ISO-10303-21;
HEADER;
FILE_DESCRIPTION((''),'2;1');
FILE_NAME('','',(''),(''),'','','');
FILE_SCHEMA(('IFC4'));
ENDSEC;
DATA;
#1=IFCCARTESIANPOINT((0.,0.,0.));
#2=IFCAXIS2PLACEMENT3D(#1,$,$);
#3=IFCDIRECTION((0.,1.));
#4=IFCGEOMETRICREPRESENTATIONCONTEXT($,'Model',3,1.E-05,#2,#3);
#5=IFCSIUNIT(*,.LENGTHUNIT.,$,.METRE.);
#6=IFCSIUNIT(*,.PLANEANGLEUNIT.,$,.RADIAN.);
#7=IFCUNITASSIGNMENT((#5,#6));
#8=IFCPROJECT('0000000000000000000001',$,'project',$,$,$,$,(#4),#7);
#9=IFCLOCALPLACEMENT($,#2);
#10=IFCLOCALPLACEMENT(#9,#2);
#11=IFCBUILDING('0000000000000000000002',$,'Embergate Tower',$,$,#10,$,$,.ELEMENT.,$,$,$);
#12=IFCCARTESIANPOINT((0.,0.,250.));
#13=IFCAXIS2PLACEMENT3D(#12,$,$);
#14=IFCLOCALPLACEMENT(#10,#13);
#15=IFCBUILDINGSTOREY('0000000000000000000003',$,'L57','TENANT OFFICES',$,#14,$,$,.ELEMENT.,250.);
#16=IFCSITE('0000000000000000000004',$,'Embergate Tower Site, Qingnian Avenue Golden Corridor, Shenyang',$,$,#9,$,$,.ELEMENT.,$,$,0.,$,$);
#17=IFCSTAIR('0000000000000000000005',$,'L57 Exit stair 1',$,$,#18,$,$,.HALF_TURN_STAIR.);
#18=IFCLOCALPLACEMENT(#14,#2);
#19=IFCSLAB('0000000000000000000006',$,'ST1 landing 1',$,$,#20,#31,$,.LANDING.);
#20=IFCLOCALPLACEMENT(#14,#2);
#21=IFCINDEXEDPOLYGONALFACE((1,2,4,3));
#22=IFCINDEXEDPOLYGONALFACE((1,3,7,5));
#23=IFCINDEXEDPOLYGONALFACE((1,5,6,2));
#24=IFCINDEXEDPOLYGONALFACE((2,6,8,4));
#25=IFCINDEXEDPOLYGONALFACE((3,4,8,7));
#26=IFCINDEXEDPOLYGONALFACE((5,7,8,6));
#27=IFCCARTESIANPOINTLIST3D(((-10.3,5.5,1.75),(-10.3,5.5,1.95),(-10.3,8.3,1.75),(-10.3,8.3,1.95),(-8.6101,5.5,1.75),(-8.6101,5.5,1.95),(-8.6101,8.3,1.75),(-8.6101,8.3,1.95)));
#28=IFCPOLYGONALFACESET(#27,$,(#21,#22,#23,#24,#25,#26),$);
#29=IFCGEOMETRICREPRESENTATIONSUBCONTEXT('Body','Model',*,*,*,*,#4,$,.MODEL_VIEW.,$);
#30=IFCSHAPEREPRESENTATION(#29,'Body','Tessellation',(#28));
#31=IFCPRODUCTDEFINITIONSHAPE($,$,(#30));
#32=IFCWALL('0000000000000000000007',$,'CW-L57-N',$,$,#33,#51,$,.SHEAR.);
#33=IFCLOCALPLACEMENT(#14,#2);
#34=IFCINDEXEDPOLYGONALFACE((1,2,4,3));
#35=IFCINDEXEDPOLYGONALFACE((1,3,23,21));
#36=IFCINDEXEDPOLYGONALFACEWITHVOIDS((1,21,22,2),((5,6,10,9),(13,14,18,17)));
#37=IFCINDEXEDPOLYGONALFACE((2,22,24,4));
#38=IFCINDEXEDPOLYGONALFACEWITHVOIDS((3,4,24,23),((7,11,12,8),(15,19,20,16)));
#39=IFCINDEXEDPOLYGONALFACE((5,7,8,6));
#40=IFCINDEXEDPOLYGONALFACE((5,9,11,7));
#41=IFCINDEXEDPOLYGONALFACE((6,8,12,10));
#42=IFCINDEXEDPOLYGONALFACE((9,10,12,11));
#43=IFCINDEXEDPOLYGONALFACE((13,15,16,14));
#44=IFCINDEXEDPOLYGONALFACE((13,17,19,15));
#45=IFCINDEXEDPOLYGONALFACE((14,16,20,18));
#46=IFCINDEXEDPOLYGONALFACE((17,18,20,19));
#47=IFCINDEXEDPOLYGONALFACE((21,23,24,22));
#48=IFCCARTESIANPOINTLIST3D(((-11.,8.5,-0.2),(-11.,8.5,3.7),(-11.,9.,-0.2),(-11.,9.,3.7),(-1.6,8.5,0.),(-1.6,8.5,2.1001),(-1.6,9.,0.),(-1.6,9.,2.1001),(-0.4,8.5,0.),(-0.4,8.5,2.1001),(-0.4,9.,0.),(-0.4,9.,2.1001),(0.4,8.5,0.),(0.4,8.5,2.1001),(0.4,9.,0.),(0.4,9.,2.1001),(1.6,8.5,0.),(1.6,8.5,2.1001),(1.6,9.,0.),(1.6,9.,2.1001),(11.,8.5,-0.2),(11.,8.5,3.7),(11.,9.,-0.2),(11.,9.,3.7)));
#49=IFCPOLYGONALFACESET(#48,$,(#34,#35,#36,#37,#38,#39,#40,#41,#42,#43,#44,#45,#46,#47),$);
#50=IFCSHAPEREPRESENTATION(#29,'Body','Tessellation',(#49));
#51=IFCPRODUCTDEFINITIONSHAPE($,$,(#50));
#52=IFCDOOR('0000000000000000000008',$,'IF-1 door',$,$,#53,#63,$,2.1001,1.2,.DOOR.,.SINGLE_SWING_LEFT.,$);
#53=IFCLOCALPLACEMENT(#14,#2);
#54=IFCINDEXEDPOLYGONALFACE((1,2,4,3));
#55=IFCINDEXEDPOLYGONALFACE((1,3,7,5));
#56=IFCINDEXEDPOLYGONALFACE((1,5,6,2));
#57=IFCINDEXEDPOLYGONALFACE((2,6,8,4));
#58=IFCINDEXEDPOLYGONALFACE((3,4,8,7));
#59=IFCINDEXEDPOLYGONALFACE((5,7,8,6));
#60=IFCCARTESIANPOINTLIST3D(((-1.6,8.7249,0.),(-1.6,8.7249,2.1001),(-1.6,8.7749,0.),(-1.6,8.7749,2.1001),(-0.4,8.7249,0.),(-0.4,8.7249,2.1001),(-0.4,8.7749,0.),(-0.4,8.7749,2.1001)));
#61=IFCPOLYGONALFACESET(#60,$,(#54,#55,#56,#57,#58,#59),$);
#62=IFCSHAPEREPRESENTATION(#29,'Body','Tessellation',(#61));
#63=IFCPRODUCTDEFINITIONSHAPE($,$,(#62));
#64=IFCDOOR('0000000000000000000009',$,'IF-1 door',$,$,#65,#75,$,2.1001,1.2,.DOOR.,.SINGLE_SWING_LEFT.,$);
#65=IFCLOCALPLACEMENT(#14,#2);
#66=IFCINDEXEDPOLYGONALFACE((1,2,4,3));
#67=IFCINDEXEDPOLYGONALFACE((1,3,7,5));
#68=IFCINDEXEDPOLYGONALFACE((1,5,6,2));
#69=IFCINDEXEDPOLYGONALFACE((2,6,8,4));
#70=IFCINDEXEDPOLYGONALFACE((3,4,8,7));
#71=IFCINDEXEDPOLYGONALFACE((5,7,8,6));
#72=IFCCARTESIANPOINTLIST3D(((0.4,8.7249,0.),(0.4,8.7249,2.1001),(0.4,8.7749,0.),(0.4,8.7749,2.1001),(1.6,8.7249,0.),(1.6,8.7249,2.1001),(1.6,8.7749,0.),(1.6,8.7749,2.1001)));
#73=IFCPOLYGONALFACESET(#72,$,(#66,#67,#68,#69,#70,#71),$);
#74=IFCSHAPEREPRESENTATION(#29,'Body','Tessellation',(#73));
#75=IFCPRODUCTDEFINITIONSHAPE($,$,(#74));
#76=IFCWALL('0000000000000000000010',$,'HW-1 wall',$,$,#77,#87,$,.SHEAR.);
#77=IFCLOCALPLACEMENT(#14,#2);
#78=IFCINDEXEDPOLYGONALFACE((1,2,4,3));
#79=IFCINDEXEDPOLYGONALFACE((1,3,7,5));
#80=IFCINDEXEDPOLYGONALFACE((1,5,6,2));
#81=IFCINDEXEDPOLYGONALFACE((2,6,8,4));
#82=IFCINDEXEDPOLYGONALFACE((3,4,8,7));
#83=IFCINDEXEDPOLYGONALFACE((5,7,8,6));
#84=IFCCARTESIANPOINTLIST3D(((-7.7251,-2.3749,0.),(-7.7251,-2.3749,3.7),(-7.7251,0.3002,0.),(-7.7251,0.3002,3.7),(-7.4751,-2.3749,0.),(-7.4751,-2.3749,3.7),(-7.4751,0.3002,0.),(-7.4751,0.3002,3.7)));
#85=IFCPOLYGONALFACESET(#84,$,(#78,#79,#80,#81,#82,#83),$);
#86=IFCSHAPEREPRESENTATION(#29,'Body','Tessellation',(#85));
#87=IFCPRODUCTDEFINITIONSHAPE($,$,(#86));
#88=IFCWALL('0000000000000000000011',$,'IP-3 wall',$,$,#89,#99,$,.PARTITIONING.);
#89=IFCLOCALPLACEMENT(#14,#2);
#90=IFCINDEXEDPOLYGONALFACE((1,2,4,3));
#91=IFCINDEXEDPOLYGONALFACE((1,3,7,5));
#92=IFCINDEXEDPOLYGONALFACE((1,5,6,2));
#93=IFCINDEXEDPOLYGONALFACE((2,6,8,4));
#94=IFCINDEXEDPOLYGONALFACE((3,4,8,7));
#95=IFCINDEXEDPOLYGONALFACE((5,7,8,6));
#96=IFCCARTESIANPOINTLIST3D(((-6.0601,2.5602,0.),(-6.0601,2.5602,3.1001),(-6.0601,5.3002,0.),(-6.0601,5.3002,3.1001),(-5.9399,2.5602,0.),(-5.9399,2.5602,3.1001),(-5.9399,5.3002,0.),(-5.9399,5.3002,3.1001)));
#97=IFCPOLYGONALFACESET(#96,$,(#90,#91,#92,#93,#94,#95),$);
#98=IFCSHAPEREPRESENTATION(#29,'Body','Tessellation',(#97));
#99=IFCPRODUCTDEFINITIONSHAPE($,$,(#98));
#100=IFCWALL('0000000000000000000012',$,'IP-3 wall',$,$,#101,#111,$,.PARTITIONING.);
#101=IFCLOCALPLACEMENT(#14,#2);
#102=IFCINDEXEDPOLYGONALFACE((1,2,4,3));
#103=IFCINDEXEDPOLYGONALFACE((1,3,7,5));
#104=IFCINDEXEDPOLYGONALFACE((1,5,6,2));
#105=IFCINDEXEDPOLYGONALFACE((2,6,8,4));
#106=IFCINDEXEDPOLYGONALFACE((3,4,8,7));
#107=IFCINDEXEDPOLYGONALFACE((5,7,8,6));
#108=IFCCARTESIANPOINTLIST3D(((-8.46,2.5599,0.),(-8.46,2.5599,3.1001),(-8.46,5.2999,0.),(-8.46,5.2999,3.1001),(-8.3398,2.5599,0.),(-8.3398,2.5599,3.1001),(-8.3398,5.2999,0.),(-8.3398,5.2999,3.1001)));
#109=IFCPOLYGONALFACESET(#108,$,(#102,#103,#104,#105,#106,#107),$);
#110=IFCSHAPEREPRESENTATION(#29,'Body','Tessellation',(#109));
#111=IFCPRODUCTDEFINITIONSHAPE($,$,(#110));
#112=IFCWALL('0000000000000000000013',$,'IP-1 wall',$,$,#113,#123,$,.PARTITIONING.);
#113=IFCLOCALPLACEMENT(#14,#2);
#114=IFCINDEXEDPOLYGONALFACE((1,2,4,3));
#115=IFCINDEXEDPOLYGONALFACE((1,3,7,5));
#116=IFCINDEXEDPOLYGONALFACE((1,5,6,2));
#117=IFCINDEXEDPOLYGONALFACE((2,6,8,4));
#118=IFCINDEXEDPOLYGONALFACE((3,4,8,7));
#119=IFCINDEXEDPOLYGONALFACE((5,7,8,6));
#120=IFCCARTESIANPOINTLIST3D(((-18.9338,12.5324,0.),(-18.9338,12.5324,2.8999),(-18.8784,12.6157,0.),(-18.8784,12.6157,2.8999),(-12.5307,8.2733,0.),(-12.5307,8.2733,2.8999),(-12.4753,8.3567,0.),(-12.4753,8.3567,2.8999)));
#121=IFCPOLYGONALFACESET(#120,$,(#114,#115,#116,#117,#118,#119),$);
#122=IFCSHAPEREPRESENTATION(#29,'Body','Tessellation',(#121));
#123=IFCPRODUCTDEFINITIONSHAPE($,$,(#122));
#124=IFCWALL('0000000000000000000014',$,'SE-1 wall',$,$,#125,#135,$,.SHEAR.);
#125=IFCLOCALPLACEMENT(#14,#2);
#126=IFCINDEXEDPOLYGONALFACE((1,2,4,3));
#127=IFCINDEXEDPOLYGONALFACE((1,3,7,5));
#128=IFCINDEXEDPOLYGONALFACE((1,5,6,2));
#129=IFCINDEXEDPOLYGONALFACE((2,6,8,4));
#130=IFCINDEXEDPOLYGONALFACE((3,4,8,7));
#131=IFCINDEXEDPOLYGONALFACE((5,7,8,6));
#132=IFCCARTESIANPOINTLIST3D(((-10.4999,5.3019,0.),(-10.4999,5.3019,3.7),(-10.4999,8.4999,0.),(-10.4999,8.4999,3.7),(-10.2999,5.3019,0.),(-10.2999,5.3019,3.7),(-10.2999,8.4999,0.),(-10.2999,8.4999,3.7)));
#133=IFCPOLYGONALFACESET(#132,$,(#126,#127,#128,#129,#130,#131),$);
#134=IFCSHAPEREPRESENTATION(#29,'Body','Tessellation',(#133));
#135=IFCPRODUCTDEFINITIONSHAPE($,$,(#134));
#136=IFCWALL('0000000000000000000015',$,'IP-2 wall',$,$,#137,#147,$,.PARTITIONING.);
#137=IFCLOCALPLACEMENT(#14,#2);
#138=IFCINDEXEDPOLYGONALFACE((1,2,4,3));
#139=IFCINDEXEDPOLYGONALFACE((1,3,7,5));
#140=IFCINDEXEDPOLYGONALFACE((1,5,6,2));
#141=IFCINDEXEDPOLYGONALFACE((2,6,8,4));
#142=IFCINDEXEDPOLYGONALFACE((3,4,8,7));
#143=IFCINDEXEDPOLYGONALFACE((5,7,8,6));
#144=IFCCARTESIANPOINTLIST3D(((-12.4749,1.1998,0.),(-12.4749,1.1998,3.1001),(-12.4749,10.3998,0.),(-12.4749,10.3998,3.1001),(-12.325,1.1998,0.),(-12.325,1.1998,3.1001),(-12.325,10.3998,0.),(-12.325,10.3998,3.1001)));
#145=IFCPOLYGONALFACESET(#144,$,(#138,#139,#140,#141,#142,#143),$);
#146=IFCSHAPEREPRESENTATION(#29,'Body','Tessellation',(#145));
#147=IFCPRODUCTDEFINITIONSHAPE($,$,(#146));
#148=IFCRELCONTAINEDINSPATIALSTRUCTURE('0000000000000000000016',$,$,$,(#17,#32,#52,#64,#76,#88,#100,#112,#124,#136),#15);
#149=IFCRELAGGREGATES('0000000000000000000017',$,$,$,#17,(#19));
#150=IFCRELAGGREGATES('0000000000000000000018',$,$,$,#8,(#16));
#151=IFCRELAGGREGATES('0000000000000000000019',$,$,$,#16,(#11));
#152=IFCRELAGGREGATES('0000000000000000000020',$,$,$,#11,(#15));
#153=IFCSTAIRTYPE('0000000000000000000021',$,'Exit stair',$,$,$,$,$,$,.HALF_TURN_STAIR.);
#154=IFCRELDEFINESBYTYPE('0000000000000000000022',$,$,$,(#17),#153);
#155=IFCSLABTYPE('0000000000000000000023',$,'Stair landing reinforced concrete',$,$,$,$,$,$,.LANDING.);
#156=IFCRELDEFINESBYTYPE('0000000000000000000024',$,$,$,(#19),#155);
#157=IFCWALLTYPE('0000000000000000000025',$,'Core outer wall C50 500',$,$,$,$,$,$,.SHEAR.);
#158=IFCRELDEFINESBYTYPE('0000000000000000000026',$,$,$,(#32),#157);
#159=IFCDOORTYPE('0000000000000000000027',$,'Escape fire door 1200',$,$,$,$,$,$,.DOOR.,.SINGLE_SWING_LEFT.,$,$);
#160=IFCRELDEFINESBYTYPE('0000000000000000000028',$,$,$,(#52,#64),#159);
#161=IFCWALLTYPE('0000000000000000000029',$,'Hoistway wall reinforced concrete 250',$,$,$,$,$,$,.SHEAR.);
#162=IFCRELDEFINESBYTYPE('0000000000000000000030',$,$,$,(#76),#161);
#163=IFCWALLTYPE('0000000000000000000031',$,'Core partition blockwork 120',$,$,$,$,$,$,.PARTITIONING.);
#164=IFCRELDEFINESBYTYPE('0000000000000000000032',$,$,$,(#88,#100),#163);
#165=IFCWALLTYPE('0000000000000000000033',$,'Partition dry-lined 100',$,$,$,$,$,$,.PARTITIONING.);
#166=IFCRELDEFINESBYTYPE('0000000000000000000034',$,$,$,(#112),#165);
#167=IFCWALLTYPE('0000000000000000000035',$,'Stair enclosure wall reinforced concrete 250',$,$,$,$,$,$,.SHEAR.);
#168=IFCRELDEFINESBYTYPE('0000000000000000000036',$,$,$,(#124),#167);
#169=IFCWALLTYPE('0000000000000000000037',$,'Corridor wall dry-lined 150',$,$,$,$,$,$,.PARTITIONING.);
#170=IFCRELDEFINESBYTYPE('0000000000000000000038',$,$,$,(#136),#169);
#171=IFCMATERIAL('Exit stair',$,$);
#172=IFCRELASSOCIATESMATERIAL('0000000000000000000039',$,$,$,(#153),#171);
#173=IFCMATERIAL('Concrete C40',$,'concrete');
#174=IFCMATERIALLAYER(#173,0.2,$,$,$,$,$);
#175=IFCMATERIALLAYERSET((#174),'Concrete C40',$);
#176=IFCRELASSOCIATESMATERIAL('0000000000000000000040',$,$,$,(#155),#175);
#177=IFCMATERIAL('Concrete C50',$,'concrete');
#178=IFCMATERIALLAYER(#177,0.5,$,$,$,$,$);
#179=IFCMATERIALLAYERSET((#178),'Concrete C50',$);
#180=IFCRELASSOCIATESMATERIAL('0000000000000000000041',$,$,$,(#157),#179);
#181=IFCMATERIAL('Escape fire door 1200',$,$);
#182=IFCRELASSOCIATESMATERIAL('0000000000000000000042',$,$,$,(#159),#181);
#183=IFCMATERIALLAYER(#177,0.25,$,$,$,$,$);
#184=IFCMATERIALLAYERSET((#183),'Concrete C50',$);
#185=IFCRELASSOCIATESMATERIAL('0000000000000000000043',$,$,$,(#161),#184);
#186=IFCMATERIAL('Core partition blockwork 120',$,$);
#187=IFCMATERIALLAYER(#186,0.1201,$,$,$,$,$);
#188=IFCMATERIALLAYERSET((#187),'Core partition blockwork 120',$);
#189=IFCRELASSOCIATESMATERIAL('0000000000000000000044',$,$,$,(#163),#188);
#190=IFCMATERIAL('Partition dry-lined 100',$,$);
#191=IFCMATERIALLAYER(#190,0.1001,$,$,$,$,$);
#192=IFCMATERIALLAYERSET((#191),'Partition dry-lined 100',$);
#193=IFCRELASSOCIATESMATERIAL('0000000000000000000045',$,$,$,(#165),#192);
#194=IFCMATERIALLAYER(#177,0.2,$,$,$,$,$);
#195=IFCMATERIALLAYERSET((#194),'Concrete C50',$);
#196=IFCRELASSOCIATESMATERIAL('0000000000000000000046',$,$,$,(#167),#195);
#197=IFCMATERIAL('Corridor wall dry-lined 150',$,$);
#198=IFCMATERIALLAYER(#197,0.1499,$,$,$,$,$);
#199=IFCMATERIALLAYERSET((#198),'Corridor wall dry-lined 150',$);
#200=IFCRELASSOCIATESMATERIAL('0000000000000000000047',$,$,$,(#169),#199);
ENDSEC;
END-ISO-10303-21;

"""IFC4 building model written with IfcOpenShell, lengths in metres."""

from ifc_helpers import new_model, si_unit, direction, frame, frame_2d, origin, place, context, subcontext, project, spatial, polyline, rectangle, outline, extrude, source, transform, mapped, material, layer, layer_set, type_object, element, fill, aggregate, save


model = new_model("IFC4")

# Units and contexts
model_context = context("Model", 3, precision=1e-05, world=origin(), true_north=direction((0.0, 1.0)))
body_context = subcontext(model_context, "Body", "Model", "MODEL_VIEW")
ifc_project = project(units=[si_unit("LENGTHUNIT", "METRE"), si_unit("PLANEANGLEUNIT", "RADIAN")], contexts=[model_context])

# Site, building, storey
site_placement = place(None, origin())
site = spatial("IfcSite", under=ifc_project, at=site_placement, Name="Embergate Tower Site, Qingnian Avenue Golden Corridor, Shenyang", CompositionType="ELEMENT", RefElevation=0.0)
building_placement = place(site_placement, origin())
building = spatial("IfcBuilding", under=site, at=building_placement, Name="Embergate Tower", CompositionType="ELEMENT")
storey_placement = place(building_placement, frame((0.0, 0.0, 250.0)))
storey = spatial("IfcBuildingStorey", under=building, at=storey_placement, Name="L57", Description="TENANT OFFICES", CompositionType="ELEMENT", Elevation=250.0)

# Stair, slab
ifc_material_1 = material(Name="Exit stair")
stair_type = type_object("IfcStairType", Name="Exit stair", PredefinedType="HALF_TURN_STAIR", material=ifc_material_1)
stair_placement = place(storey_placement, origin())
stair = element("IfcStair", 1, at=stair_placement, inside=storey, type_object=stair_type, Name="L57 Exit stair 1", PredefinedType="HALF_TURN_STAIR")
ifc_material_2 = material(Name="Concrete C40", Category="concrete")
ifc_layer_1 = layer(ifc_material_2, 0.2)
ifc_layer_set_1 = layer_set([ifc_layer_1], Name="Concrete C40")
slab_type = type_object("IfcSlabType", Name="Stair landing reinforced concrete", PredefinedType="LANDING", material=ifc_layer_set_1)
shared_shape_1 = source(origin(), body_context, "Body", "SweptSolid", [
    extrude(outline(polyline([(0.0, 0.0), (1.6899, 0.0), (1.6899, 2.8), (0.0, 2.8), (0.0, 0.0)])), origin(), (0.0, 0.0, 1.0), 0.2),
])
slab_placement = place(storey_placement, frame((-10.3, 5.5, 1.75)))
slab = element("IfcSlab", 2, at=slab_placement, type_object=slab_type, Name="ST1 landing 1", PredefinedType="LANDING", context=body_context, shape_type="MappedRepresentation", body=[
    mapped(shared_shape_1, transform((0.0, 0.0, 0.0))),
])

# Wall, openings, doors
ifc_material_3 = material(Name="Concrete C50", Category="concrete")
ifc_layer_2 = layer(ifc_material_3, 0.5)
ifc_layer_set_2 = layer_set([ifc_layer_2], Name="Concrete C50")
wall_type_1 = type_object("IfcWallType", Name="Core outer wall C50 500", PredefinedType="SHEAR", material=ifc_layer_set_2)
shared_shape_2 = source(origin(), body_context, "Body", "SweptSolid", [
    extrude(rectangle(XDim=22.0, YDim=0.5, at=frame_2d((11.0, 0.0))), origin(), (0.0, 0.0, 1.0), 3.8999),
])
wall_1_placement = place(storey_placement, frame((-11.0, 8.75, -0.2), z_axis=(0.0, 0.0, 1.0), x_axis=(1.0, 0.0, 0.0)))
wall_1 = element("IfcWall", 3, at=wall_1_placement, inside=storey, type_object=wall_type_1, Name="CW-L57-N", PredefinedType="SHEAR", context=body_context, shape_type="MappedRepresentation", body=[
    mapped(shared_shape_2, transform((0.0, 0.0, 0.0))),
])
shared_shape_3 = source(origin(), body_context, "Body", "SweptSolid", [
    extrude(rectangle(XDim=1.2, YDim=2.1001, at=frame_2d((0.6001, 1.05))), frame((0.0, 0.26, 0.0), z_axis=(0.0, -1.0, 0.0), x_axis=(1.0, 0.0, 0.0)), (0.0, 0.0, 1.0), 0.52),
])
opening_1_placement = place(wall_1_placement, frame((9.3999, 0.0, 0.2)))
opening_1 = element("IfcOpeningElement", 4, at=opening_1_placement, cuts=wall_1, PredefinedType="OPENING", context=body_context, shape_type="MappedRepresentation", body=[
    mapped(shared_shape_3, transform((0.0, 0.0, 0.0))),
])
opening_2_placement = place(wall_1_placement, frame((11.3999, 0.0, 0.2)))
opening_2 = element("IfcOpeningElement", 5, at=opening_2_placement, cuts=wall_1, PredefinedType="OPENING", context=body_context, shape_type="MappedRepresentation", body=[
    mapped(shared_shape_3, transform((0.0, 0.0, 0.0))),
])
ifc_material_4 = material(Name="Escape fire door 1200")
door_type_1 = type_object("IfcDoorType", Name="Escape fire door 1200", OperationType="SINGLE_SWING_LEFT", PredefinedType="DOOR", material=ifc_material_4)
shared_shape_4 = source(origin(), body_context, "Body", "SweptSolid", [
    extrude(rectangle(XDim=1.2, YDim=2.1001, at=frame_2d((0.6001, 1.05))), frame((0.0, 0.0249, 0.0), z_axis=(0.0, -1.0, 0.0), x_axis=(1.0, 0.0, 0.0)), (0.0, 0.0, 1.0), 0.05),
])
door_1_placement = place(opening_1_placement, origin())
door_1 = element("IfcDoor", 6, at=door_1_placement, inside=storey, type_object=door_type_1, Name="IF-1 door", OperationType="SINGLE_SWING_LEFT", OverallHeight=2.1001, OverallWidth=1.2, PredefinedType="DOOR", context=body_context, shape_type="MappedRepresentation", body=[
    mapped(shared_shape_4, transform((0.0, 0.0, 0.0))),
])
fill(opening_1, door_1)
door_2_placement = place(opening_2_placement, origin())
door_2 = element("IfcDoor", 7, at=door_2_placement, inside=storey, type_object=door_type_1, Name="IF-1 door", OperationType="SINGLE_SWING_LEFT", OverallHeight=2.1001, OverallWidth=1.2, PredefinedType="DOOR", context=body_context, shape_type="MappedRepresentation", body=[
    mapped(shared_shape_4, transform((0.0, 0.0, 0.0))),
])
fill(opening_2, door_2)

# Walls
ifc_layer_3 = layer(ifc_material_3, 0.25)
ifc_layer_set_3 = layer_set([ifc_layer_3], Name="Concrete C50")
wall_type_2 = type_object("IfcWallType", Name="Hoistway wall reinforced concrete 250", PredefinedType="SHEAR", material=ifc_layer_set_3)
shared_shape_5 = source(origin(), body_context, "Body", "SweptSolid", [
    extrude(rectangle(XDim=2.675, YDim=0.25, at=frame_2d((1.3374, 0.0))), origin(), (0.0, 0.0, 1.0), 3.7),
])
wall_2_placement = place(storey_placement, frame((-7.6001, 0.3, 0.0), z_axis=(0.0, 0.0, 1.0), x_axis=(0.0, -1.0, 0.0)))
element("IfcWall", 8, at=wall_2_placement, inside=storey, type_object=wall_type_2, Name="HW-1 wall", PredefinedType="SHEAR", context=body_context, shape_type="MappedRepresentation", body=[
    mapped(shared_shape_5, transform((0.0, 0.0, 0.0))),
])
ifc_material_5 = material(Name="Core partition blockwork 120")
ifc_layer_4 = layer(ifc_material_5, 0.1201)
ifc_layer_set_4 = layer_set([ifc_layer_4], Name="Core partition blockwork 120")
wall_type_3 = type_object("IfcWallType", Name="Core partition blockwork 120", PredefinedType="PARTITIONING", material=ifc_layer_set_4)
shared_shape_6 = source(origin(), body_context, "Body", "SweptSolid", [
    extrude(rectangle(XDim=2.74, YDim=0.1201, at=frame_2d((1.3701, 0.0))), origin(), (0.0, 0.0, 1.0), 3.1001),
])
for number, where, z_axis, x_axis, name in (
    (9, (-6.0, 2.5601, 0.0), (0.0, 0.0, 1.0), (0.0, 1.0, 0.0), "IP-3 wall"),
    (10, (-8.3999, 5.3, 0.0), (0.0, 0.0, 1.0), (0.0, -1.0, 0.0), "IP-3 wall"),
):
    element("IfcWall", number, at=place(storey_placement, frame(where, z_axis=z_axis, x_axis=x_axis)), inside=storey, type_object=wall_type_3, Name=name, PredefinedType="PARTITIONING", context=body_context, shape_type="MappedRepresentation", body=[
        mapped(shared_shape_6, transform((0.0, 0.0, 0.0))),
    ])
ifc_material_6 = material(Name="Partition dry-lined 100")
ifc_layer_5 = layer(ifc_material_6, 0.1001)
ifc_layer_set_5 = layer_set([ifc_layer_5], Name="Partition dry-lined 100")
wall_type_4 = type_object("IfcWallType", Name="Partition dry-lined 100", PredefinedType="PARTITIONING", material=ifc_layer_set_5)
shared_shape_7 = source(origin(), body_context, "Body", "SweptSolid", [
    extrude(rectangle(XDim=7.6902, YDim=0.1001, at=frame_2d((3.8452, 0.0))), origin(), (0.0, 0.0, 1.0), 2.8999),
])
wall_3_placement = place(storey_placement, frame((-12.5029, 8.3149, 0.0), z_axis=(0.0, 0.0, 1.0), x_axis=(-0.832631, 0.553828, 0.0)))
element("IfcWall", 11, at=wall_3_placement, inside=storey, type_object=wall_type_4, Name="IP-1 wall", PredefinedType="PARTITIONING", context=body_context, shape_type="MappedRepresentation", body=[
    mapped(shared_shape_7, transform((0.0, 0.0, 0.0))),
])
ifc_layer_6 = layer(ifc_material_3, 0.2)
ifc_layer_set_6 = layer_set([ifc_layer_6], Name="Concrete C50")
wall_type_5 = type_object("IfcWallType", Name="Stair enclosure wall reinforced concrete 250", PredefinedType="SHEAR", material=ifc_layer_set_6)
shared_shape_8 = source(origin(), body_context, "Body", "SweptSolid", [
    extrude(rectangle(XDim=3.198, YDim=0.2, at=frame_2d((1.5991, 0.0))), origin(), (0.0, 0.0, 1.0), 3.7),
])
wall_4_placement = place(storey_placement, frame((-10.3999, 8.5, 0.0), z_axis=(0.0, 0.0, 1.0), x_axis=(0.0, -1.0, 0.0)))
element("IfcWall", 12, at=wall_4_placement, inside=storey, type_object=wall_type_5, Name="SE-1 wall", PredefinedType="SHEAR", context=body_context, shape_type="MappedRepresentation", body=[
    mapped(shared_shape_8, transform((0.0, 0.0, 0.0))),
])
ifc_material_7 = material(Name="Corridor wall dry-lined 150")
ifc_layer_7 = layer(ifc_material_7, 0.1499)
ifc_layer_set_7 = layer_set([ifc_layer_7], Name="Corridor wall dry-lined 150")
wall_type_6 = type_object("IfcWallType", Name="Corridor wall dry-lined 150", PredefinedType="PARTITIONING", material=ifc_layer_set_7)
shared_shape_9 = source(origin(), body_context, "Body", "SweptSolid", [
    extrude(rectangle(XDim=9.2, YDim=0.1499, at=frame_2d((4.6001, 0.0))), origin(), (0.0, 0.0, 1.0), 3.1001),
])
wall_5_placement = place(storey_placement, frame((-12.3999, 10.3999, 0.0), z_axis=(0.0, 0.0, 1.0), x_axis=(0.0, -1.0, 0.0)))
element("IfcWall", 13, at=wall_5_placement, inside=storey, type_object=wall_type_6, Name="IP-2 wall", PredefinedType="PARTITIONING", context=body_context, shape_type="MappedRepresentation", body=[
    mapped(shared_shape_9, transform((0.0, 0.0, 0.0))),
])

aggregate(stair, [slab])

save(model, "model.ifc")
